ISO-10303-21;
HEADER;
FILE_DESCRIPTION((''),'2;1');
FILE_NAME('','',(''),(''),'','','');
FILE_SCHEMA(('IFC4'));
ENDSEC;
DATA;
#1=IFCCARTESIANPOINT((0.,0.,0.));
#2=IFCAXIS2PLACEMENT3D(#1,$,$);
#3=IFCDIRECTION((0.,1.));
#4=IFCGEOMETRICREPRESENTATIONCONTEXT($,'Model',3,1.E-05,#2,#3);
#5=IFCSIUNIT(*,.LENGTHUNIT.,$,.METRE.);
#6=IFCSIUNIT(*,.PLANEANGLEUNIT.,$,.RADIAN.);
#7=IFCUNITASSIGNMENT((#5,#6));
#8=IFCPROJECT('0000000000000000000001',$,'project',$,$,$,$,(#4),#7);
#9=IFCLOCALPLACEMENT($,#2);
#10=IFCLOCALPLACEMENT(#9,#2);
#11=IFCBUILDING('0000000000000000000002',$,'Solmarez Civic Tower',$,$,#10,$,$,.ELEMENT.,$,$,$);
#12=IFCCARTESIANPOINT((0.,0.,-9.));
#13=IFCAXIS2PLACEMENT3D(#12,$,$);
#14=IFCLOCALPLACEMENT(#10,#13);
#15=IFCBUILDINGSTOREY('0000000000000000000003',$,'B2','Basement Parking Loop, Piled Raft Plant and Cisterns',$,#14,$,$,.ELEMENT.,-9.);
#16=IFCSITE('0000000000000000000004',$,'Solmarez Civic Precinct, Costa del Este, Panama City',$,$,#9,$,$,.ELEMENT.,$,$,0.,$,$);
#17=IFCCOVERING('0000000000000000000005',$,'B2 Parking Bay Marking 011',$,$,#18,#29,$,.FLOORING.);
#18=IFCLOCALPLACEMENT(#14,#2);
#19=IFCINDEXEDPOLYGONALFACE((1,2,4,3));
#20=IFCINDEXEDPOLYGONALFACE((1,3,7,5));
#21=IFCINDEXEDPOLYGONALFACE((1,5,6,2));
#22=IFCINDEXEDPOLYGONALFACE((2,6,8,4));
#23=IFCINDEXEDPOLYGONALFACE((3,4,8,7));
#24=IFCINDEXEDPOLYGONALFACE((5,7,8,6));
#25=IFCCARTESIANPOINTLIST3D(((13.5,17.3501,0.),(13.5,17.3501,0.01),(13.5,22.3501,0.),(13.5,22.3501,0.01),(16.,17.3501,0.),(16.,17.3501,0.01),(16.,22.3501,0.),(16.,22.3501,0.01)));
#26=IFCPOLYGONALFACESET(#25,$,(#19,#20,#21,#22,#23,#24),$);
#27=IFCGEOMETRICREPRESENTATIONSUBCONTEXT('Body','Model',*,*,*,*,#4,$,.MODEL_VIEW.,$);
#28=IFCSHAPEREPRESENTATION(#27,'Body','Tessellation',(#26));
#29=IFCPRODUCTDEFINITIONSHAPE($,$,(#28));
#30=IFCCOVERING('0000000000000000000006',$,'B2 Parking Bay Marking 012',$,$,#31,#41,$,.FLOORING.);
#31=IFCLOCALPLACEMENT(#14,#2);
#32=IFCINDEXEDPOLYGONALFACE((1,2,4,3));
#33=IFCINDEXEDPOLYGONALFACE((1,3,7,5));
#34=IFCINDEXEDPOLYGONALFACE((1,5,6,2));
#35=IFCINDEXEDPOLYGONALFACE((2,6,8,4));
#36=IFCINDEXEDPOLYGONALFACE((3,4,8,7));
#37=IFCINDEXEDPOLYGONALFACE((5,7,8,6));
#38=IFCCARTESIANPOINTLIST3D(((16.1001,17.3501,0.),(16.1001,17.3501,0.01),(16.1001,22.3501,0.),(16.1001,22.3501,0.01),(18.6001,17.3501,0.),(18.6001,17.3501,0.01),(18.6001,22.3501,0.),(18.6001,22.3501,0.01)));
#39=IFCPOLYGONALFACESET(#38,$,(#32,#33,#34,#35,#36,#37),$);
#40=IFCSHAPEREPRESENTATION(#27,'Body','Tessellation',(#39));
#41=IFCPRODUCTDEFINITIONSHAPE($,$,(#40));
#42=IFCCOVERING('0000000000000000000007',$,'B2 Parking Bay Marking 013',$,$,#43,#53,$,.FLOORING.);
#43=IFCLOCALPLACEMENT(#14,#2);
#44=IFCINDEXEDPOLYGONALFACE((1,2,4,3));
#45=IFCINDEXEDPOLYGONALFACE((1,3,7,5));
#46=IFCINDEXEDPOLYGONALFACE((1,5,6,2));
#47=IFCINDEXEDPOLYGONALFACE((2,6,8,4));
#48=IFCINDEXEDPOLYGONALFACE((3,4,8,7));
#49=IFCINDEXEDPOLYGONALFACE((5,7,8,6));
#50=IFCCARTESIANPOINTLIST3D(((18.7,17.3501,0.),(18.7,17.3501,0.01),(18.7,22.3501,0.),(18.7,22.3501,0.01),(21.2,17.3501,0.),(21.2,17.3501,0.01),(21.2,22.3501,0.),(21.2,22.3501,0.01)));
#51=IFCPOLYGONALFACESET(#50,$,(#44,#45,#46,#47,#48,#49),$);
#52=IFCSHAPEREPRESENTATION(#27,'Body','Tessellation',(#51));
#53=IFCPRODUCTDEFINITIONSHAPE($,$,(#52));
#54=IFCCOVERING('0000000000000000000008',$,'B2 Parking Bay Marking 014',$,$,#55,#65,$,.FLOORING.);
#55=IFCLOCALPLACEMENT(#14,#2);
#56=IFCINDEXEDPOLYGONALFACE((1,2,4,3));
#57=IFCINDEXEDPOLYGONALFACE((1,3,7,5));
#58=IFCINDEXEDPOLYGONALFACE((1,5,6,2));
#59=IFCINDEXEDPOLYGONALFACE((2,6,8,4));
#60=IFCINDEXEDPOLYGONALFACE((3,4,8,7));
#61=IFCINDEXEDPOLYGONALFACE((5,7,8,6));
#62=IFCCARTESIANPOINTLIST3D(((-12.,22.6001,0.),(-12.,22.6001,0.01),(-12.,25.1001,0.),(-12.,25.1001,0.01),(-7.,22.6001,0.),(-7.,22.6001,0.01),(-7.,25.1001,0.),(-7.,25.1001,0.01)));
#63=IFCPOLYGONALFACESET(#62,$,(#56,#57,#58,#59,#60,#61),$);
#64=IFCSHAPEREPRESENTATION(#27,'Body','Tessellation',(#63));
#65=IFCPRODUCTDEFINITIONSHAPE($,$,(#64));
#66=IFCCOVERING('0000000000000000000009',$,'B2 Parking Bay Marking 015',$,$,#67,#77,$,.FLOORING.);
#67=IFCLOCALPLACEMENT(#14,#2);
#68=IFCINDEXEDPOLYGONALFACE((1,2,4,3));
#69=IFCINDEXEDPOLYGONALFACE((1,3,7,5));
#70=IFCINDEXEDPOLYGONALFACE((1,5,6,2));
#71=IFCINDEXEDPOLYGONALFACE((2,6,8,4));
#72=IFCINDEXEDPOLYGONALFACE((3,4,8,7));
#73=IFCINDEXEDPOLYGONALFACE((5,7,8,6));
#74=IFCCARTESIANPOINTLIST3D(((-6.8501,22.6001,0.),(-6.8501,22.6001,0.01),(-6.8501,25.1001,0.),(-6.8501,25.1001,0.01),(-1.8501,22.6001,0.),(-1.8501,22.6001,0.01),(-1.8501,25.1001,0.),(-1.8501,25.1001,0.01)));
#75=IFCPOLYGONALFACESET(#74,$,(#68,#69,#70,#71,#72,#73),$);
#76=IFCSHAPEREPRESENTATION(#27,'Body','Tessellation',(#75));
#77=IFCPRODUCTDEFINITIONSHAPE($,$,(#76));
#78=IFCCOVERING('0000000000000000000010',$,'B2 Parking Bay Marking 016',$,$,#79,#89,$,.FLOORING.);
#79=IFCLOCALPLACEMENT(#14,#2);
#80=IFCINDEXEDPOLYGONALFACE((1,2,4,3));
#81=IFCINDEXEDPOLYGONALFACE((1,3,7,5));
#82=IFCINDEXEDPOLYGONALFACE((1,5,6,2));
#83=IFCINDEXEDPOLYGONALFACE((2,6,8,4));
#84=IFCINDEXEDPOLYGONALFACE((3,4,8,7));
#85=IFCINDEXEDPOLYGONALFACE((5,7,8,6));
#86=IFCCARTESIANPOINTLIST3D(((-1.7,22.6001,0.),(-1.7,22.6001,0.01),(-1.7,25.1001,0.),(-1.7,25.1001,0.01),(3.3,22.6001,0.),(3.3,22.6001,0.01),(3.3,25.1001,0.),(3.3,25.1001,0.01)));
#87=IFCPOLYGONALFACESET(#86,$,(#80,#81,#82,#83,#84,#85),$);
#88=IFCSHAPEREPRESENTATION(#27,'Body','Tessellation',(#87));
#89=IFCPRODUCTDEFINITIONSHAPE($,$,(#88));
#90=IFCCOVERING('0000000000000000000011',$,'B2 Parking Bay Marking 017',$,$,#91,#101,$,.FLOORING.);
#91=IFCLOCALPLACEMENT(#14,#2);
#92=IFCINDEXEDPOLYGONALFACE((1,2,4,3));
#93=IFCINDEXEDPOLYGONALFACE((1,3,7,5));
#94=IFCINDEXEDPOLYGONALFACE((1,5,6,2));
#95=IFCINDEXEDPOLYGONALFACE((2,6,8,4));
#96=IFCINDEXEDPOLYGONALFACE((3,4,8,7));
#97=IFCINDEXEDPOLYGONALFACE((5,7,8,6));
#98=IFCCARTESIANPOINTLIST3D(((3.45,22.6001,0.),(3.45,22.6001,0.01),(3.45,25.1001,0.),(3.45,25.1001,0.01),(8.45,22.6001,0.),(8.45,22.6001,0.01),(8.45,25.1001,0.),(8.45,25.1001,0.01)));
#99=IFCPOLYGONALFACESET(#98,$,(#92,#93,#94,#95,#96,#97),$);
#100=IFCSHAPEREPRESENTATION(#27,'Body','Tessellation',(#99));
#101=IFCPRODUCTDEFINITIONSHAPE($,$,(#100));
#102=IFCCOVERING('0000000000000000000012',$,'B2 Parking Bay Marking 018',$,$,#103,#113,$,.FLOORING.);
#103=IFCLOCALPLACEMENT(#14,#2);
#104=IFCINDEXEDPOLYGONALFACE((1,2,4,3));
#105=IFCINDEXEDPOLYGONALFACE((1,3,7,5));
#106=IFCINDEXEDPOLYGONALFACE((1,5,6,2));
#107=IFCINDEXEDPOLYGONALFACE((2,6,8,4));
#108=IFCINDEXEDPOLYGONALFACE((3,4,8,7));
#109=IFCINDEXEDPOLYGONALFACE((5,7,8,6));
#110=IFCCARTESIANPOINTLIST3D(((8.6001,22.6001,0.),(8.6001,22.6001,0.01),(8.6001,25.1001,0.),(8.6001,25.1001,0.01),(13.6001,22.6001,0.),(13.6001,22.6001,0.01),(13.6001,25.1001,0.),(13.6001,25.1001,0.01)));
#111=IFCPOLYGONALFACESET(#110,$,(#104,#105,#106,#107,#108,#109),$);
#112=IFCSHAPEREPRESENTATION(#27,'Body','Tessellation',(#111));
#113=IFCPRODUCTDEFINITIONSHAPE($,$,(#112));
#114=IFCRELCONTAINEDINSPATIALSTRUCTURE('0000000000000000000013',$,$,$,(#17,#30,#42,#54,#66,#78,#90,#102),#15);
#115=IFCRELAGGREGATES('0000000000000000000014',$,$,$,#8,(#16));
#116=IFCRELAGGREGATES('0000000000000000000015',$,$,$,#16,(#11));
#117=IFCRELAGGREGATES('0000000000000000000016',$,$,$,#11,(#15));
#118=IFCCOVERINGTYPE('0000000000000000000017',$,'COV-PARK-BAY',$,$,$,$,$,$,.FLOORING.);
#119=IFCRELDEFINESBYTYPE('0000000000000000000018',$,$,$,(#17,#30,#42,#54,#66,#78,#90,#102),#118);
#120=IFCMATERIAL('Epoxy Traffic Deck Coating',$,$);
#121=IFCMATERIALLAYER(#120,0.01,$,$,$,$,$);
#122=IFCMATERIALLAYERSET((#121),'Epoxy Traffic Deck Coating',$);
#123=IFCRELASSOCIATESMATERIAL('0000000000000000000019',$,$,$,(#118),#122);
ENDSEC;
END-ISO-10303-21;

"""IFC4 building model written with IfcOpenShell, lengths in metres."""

from ifc_helpers import new_model, si_unit, direction, frame, origin, place, context, subcontext, project, spatial, polyline, outline, extrude, material, layer, layer_set, type_object, element, save


model = new_model("IFC4")

# Units and contexts
model_context = context("Model", 3, precision=1e-05, world=origin(), true_north=direction((0.0, 1.0)))
body_context = subcontext(model_context, "Body", "Model", "MODEL_VIEW")
ifc_project = project(units=[si_unit("LENGTHUNIT", "METRE"), si_unit("PLANEANGLEUNIT", "RADIAN")], contexts=[model_context])

# Site, building, storey
site_placement = place(None, origin())
site = spatial("IfcSite", under=ifc_project, at=site_placement, Name="Solmarez Civic Precinct, Costa del Este, Panama City", CompositionType="ELEMENT", RefElevation=0.0)
building_placement = place(site_placement, origin())
building = spatial("IfcBuilding", under=site, at=building_placement, Name="Solmarez Civic Tower", CompositionType="ELEMENT")
storey_placement = place(building_placement, frame((0.0, 0.0, -9.0)))
storey = spatial("IfcBuildingStorey", under=building, at=storey_placement, Name="B2", Description="Basement Parking Loop, Piled Raft Plant and Cisterns", CompositionType="ELEMENT", Elevation=-9.0)

# Coverings
ifc_material_1 = material(Name="Epoxy Traffic Deck Coating")
ifc_layer_1 = layer(ifc_material_1, 0.01)
ifc_layer_set_1 = layer_set([ifc_layer_1], Name="Epoxy Traffic Deck Coating")
covering_type = type_object("IfcCoveringType", Name="COV-PARK-BAY", PredefinedType="FLOORING", material=ifc_layer_set_1)
covering_1_placement = place(storey_placement, origin())
element("IfcCovering", 1, at=covering_1_placement, inside=storey, type_object=covering_type, Name="B2 Parking Bay Marking 011", PredefinedType="FLOORING", context=body_context, shape_type="SweptSolid", body=[
    extrude(outline(polyline([(13.5, 17.3501), (16.0, 17.3501), (16.0, 22.3501), (13.5, 22.3501), (13.5, 17.3501)])), origin(), (0.0, 0.0, 1.0), 0.01),
])
covering_2_placement = place(storey_placement, origin())
element("IfcCovering", 2, at=covering_2_placement, inside=storey, type_object=covering_type, Name="B2 Parking Bay Marking 012", PredefinedType="FLOORING", context=body_context, shape_type="SweptSolid", body=[
    extrude(outline(polyline([(16.1001, 17.3501), (18.6001, 17.3501), (18.6001, 22.3501), (16.1001, 22.3501), (16.1001, 17.3501)])), origin(), (0.0, 0.0, 1.0), 0.01),
])
covering_3_placement = place(storey_placement, origin())
element("IfcCovering", 3, at=covering_3_placement, inside=storey, type_object=covering_type, Name="B2 Parking Bay Marking 013", PredefinedType="FLOORING", context=body_context, shape_type="SweptSolid", body=[
    extrude(outline(polyline([(18.7, 17.3501), (21.2, 17.3501), (21.2, 22.3501), (18.7, 22.3501), (18.7, 17.3501)])), origin(), (0.0, 0.0, 1.0), 0.01),
])
covering_4_placement = place(storey_placement, origin())
element("IfcCovering", 4, at=covering_4_placement, inside=storey, type_object=covering_type, Name="B2 Parking Bay Marking 014", PredefinedType="FLOORING", context=body_context, shape_type="SweptSolid", body=[
    extrude(outline(polyline([(-12.0, 22.6001), (-7.0, 22.6001), (-7.0, 25.1001), (-12.0, 25.1001), (-12.0, 22.6001)])), origin(), (0.0, 0.0, 1.0), 0.01),
])
covering_5_placement = place(storey_placement, origin())
element("IfcCovering", 5, at=covering_5_placement, inside=storey, type_object=covering_type, Name="B2 Parking Bay Marking 015", PredefinedType="FLOORING", context=body_context, shape_type="SweptSolid", body=[
    extrude(outline(polyline([(-6.8501, 22.6001), (-1.8501, 22.6001), (-1.8501, 25.1001), (-6.8501, 25.1001), (-6.8501, 22.6001)])), origin(), (0.0, 0.0, 1.0), 0.01),
])
covering_6_placement = place(storey_placement, origin())
element("IfcCovering", 6, at=covering_6_placement, inside=storey, type_object=covering_type, Name="B2 Parking Bay Marking 016", PredefinedType="FLOORING", context=body_context, shape_type="SweptSolid", body=[
    extrude(outline(polyline([(-1.7, 22.6001), (3.3, 22.6001), (3.3, 25.1001), (-1.7, 25.1001), (-1.7, 22.6001)])), origin(), (0.0, 0.0, 1.0), 0.01),
])
covering_7_placement = place(storey_placement, origin())
element("IfcCovering", 7, at=covering_7_placement, inside=storey, type_object=covering_type, Name="B2 Parking Bay Marking 017", PredefinedType="FLOORING", context=body_context, shape_type="SweptSolid", body=[
    extrude(outline(polyline([(3.45, 22.6001), (8.45, 22.6001), (8.45, 25.1001), (3.45, 25.1001), (3.45, 22.6001)])), origin(), (0.0, 0.0, 1.0), 0.01),
])
covering_8_placement = place(storey_placement, origin())
element("IfcCovering", 8, at=covering_8_placement, inside=storey, type_object=covering_type, Name="B2 Parking Bay Marking 018", PredefinedType="FLOORING", context=body_context, shape_type="SweptSolid", body=[
    extrude(outline(polyline([(8.6001, 22.6001), (13.6001, 22.6001), (13.6001, 25.1001), (8.6001, 25.1001), (8.6001, 22.6001)])), origin(), (0.0, 0.0, 1.0), 0.01),
])

save(model, "model.ifc")
